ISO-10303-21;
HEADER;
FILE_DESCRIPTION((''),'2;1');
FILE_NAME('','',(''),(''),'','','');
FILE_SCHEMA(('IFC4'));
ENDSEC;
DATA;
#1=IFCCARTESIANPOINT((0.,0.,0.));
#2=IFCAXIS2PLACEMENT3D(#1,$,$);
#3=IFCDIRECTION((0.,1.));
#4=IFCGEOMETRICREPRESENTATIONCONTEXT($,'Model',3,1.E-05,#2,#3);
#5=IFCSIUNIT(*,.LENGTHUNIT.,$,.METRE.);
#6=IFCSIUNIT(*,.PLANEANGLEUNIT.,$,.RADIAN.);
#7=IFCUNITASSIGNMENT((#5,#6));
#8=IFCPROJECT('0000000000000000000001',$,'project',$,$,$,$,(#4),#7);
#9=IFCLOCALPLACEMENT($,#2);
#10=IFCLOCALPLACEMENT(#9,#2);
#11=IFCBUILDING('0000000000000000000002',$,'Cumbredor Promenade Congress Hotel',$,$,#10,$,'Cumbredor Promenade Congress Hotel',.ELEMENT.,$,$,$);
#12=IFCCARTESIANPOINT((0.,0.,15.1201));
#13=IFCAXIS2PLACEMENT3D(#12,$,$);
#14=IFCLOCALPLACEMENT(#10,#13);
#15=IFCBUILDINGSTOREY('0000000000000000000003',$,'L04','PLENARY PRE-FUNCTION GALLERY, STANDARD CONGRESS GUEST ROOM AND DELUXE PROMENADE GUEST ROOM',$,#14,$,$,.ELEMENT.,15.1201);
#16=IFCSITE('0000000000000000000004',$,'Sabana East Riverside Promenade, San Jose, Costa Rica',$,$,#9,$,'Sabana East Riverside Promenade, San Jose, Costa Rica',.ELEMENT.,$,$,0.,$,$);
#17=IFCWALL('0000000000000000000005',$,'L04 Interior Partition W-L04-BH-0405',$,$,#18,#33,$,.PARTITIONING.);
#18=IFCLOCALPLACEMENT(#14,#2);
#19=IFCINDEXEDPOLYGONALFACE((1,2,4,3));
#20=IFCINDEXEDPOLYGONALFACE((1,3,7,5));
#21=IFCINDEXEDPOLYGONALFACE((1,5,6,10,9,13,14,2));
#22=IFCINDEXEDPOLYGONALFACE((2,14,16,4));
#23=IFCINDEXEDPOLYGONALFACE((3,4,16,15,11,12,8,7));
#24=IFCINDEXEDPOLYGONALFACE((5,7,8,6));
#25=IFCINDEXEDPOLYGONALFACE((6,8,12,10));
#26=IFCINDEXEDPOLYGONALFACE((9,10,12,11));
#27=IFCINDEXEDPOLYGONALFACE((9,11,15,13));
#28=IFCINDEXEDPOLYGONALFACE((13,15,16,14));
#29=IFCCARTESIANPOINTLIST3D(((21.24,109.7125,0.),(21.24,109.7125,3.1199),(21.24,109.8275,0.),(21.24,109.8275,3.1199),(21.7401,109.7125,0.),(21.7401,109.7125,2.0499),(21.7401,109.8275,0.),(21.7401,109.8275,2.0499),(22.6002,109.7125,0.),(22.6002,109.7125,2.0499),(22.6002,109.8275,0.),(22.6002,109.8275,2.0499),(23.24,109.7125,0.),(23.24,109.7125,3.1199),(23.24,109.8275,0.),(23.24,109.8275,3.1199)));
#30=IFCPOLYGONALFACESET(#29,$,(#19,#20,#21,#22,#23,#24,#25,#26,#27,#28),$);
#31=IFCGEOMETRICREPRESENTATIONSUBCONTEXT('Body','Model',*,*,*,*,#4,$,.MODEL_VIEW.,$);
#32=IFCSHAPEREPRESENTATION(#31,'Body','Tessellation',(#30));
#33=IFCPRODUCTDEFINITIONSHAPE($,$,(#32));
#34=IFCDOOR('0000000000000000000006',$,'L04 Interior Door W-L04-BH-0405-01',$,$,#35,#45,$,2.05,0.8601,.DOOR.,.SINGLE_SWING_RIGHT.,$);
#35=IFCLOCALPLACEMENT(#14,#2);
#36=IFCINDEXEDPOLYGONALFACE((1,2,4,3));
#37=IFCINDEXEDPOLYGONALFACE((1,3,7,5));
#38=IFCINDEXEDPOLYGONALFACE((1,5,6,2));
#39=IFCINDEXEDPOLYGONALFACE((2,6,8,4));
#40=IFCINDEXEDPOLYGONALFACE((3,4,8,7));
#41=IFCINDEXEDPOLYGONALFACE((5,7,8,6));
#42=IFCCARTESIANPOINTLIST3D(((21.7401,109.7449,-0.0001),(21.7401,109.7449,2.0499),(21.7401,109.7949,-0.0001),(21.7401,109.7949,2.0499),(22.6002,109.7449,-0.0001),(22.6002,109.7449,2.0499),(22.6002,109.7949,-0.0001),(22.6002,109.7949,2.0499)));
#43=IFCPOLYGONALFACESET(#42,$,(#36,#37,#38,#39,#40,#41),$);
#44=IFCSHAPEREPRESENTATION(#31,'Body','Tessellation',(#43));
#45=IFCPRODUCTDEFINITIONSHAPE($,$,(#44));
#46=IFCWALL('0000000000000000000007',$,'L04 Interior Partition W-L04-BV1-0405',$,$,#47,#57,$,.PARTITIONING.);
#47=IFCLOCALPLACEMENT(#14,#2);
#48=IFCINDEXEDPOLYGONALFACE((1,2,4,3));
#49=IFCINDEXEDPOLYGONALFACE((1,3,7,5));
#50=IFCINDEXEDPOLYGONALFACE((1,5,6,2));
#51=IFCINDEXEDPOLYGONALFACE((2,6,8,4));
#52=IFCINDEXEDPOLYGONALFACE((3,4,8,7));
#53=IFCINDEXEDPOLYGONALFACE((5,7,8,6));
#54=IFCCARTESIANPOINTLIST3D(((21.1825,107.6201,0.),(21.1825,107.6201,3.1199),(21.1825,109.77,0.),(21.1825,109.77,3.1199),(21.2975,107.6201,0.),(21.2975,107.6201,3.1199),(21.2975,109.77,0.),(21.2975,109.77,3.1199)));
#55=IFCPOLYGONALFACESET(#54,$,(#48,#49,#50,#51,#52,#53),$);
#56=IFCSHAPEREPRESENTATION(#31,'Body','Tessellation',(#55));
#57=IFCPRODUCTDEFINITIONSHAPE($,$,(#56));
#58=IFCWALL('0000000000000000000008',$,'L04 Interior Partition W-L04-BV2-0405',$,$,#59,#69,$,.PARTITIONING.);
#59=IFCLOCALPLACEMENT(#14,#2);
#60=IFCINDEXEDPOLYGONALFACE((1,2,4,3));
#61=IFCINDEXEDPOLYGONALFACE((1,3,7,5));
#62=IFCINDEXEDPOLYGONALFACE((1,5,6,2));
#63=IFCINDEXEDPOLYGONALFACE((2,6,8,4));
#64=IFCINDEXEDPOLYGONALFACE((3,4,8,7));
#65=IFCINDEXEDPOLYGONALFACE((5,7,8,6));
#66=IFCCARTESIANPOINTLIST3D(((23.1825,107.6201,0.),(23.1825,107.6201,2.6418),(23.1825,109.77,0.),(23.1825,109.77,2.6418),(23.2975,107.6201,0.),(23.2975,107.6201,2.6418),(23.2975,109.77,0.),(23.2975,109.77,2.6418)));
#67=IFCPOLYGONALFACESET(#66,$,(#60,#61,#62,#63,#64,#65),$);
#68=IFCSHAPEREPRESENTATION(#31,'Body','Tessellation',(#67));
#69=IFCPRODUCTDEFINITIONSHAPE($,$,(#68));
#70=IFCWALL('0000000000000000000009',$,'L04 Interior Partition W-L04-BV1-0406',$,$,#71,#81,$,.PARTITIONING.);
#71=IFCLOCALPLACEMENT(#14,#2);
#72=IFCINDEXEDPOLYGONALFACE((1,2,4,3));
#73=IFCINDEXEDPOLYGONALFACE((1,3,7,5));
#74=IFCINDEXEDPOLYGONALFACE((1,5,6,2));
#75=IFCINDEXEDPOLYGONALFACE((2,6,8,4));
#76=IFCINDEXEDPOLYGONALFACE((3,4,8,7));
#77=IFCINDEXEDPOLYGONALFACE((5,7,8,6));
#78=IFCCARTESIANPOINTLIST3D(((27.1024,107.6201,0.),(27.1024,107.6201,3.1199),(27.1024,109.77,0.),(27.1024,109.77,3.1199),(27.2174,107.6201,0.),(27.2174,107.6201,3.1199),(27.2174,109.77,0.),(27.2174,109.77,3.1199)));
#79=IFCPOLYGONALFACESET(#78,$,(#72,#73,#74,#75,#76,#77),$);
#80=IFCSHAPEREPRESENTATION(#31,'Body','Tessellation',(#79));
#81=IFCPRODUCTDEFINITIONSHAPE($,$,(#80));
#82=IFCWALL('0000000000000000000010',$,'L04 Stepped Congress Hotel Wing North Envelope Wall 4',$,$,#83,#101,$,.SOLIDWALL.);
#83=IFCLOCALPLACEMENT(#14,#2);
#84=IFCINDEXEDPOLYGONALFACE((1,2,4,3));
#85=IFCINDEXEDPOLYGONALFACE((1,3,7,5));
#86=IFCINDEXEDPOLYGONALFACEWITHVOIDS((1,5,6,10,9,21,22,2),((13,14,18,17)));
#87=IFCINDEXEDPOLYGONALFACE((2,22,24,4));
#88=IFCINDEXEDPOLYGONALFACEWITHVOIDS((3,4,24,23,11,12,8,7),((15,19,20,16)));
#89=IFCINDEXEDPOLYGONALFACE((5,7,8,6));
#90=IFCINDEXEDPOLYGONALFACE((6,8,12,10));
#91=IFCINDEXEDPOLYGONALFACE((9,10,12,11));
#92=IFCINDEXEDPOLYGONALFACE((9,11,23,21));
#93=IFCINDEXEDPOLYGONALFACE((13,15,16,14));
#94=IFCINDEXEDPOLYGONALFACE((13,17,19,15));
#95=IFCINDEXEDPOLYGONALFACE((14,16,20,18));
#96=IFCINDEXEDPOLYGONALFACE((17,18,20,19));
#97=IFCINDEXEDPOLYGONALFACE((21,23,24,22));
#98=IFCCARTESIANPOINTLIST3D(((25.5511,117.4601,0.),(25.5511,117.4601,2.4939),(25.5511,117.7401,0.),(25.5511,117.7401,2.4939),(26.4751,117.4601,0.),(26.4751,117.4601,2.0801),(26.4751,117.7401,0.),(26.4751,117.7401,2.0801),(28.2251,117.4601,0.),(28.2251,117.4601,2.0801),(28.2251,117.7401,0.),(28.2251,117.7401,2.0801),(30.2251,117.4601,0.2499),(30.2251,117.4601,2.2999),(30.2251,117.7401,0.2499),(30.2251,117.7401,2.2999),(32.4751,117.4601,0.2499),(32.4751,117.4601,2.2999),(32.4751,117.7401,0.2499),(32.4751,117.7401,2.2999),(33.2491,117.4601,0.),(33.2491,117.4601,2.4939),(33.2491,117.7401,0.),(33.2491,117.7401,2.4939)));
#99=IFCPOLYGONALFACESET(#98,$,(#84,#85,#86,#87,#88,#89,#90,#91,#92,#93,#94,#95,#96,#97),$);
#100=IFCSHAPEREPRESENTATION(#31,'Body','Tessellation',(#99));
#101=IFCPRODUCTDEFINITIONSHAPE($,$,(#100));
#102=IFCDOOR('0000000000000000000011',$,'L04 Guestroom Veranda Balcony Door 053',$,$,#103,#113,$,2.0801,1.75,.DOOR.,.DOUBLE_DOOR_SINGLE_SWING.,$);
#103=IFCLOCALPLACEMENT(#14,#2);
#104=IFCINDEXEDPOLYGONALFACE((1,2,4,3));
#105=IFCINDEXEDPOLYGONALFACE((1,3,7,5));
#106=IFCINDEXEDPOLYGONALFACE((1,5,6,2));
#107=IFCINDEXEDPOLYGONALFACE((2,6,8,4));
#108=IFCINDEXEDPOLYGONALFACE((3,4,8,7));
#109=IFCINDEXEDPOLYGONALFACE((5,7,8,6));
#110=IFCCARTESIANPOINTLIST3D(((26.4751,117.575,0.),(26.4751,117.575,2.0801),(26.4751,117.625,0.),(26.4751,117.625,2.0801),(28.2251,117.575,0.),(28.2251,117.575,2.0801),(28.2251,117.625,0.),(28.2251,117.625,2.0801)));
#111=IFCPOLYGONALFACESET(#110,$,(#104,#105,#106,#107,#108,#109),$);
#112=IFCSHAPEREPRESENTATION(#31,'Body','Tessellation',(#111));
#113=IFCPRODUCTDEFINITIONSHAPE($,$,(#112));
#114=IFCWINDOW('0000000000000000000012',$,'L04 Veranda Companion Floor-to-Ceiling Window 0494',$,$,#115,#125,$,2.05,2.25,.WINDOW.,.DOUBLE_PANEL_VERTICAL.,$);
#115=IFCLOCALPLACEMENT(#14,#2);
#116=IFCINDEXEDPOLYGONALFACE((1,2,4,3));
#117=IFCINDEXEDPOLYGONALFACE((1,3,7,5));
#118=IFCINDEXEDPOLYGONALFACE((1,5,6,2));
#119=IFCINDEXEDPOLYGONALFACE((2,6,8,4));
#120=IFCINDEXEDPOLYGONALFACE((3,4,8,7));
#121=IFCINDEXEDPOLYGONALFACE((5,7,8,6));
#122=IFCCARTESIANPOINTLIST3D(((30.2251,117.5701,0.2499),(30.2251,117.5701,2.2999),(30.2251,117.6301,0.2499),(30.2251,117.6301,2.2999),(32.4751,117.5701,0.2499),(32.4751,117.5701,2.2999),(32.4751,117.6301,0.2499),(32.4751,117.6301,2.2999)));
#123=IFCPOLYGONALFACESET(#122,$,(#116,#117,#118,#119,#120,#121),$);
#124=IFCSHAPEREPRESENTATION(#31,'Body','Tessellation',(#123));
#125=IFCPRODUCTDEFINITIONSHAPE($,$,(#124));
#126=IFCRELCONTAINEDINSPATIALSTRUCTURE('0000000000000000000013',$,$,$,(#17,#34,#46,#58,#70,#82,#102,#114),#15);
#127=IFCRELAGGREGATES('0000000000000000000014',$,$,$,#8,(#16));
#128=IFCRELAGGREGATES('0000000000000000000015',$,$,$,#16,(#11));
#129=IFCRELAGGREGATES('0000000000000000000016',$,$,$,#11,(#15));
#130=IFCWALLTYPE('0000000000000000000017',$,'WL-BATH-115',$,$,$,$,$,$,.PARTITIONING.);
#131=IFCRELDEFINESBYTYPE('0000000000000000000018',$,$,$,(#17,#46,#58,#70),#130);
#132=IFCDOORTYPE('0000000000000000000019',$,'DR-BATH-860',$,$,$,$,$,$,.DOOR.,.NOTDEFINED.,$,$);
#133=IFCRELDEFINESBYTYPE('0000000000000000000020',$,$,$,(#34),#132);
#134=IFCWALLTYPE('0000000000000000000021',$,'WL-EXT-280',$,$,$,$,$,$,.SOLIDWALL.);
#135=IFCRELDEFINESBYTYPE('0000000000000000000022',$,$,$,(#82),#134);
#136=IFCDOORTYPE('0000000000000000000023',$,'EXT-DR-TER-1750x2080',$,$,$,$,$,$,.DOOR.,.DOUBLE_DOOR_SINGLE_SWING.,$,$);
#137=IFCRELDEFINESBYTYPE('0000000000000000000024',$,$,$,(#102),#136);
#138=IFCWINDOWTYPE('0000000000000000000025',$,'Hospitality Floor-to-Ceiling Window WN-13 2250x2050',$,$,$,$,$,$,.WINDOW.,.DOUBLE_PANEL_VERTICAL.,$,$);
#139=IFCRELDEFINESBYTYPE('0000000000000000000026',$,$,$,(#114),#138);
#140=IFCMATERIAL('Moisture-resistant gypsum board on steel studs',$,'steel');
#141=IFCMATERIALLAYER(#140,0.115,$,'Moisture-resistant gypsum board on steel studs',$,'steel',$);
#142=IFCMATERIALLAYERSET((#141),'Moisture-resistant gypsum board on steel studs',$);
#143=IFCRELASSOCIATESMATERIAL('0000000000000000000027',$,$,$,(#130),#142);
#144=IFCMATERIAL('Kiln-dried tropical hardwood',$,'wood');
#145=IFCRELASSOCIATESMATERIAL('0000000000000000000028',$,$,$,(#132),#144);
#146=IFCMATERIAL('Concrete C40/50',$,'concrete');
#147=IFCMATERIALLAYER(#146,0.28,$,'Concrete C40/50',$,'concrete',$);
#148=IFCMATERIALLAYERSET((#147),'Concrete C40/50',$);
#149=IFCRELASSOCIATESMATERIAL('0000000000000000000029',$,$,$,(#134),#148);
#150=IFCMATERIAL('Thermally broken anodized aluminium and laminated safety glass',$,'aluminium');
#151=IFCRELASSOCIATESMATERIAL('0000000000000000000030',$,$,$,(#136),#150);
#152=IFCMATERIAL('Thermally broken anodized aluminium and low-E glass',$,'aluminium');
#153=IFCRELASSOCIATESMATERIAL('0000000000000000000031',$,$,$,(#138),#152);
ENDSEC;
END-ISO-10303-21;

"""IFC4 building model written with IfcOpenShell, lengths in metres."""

from ifc_helpers import new_model, si_unit, direction, frame, frame_2d, origin, place, context, subcontext, project, spatial, rectangle, extrude, material, layer, layer_set, type_object, element, fill, save


model = new_model("IFC4")

# Units and contexts
model_context = context("Model", 3, precision=1e-05, world=origin(), true_north=direction((0.0, 1.0)))
body_context = subcontext(model_context, "Body", "Model", "MODEL_VIEW")
ifc_project = project(units=[si_unit("LENGTHUNIT", "METRE"), si_unit("PLANEANGLEUNIT", "RADIAN")], contexts=[model_context])

# Site, building, storey
site_placement = place(None, origin())
site = spatial("IfcSite", under=ifc_project, at=site_placement, Name="Sabana East Riverside Promenade, San Jose, Costa Rica", LongName="Sabana East Riverside Promenade, San Jose, Costa Rica", CompositionType="ELEMENT", RefElevation=0.0)
building_placement = place(site_placement, origin())
building = spatial("IfcBuilding", under=site, at=building_placement, Name="Cumbredor Promenade Congress Hotel", LongName="Cumbredor Promenade Congress Hotel", CompositionType="ELEMENT")
storey_placement = place(building_placement, frame((0.0, 0.0, 15.1201)))
storey = spatial("IfcBuildingStorey", under=building, at=storey_placement, Name="L04", Description="PLENARY PRE-FUNCTION GALLERY, STANDARD CONGRESS GUEST ROOM AND DELUXE PROMENADE GUEST ROOM", CompositionType="ELEMENT", Elevation=15.1201)

# Shared definitions
ifc_material_1 = material(Name="Concrete C40/50", Category="concrete")

# Shared definitions
ifc_material_2 = material(Name="Thermally broken anodized aluminium and low-E glass", Category="aluminium")
ifc_material_3 = material(Name="Kiln-dried tropical hardwood", Category="wood")

# Wall, opening, door
ifc_material_4 = material(Name="Moisture-resistant gypsum board on steel studs", Category="steel")
ifc_layer_1 = layer(ifc_material_4, 0.115, Name="Moisture-resistant gypsum board on steel studs", Category="steel")
ifc_layer_set_1 = layer_set([ifc_layer_1], Name="Moisture-resistant gypsum board on steel studs")
wall_type_1 = type_object("IfcWallType", Name="WL-BATH-115", PredefinedType="PARTITIONING", material=ifc_layer_set_1)
wall_1_placement = place(storey_placement, frame((21.24, 109.77, 0.0), z_axis=(0.0, 0.0, 1.0), x_axis=(1.0, 0.0, 0.0)))
wall_1 = element("IfcWall", 1, at=wall_1_placement, inside=storey, type_object=wall_type_1, Name="L04 Interior Partition W-L04-BH-0405", PredefinedType="PARTITIONING", context=body_context, shape_type="SweptSolid", body=[
    extrude(rectangle(XDim=2.0, YDim=0.115, at=frame_2d((1.0, 0.0))), origin(), (0.0, 0.0, 1.0), 3.1199),
])
opening_1_placement = place(wall_1_placement, frame((0.5, 0.0, 0.0)))
opening_1 = element("IfcOpeningElement", 2, at=opening_1_placement, cuts=wall_1, PredefinedType="OPENING", context=body_context, shape_type="SweptSolid", body=[
    extrude(rectangle(XDim=0.8601, YDim=2.05, at=frame_2d((0.4302, 1.0249))), frame((0.0, 0.0674, 0.0), z_axis=(0.0, -1.0, 0.0), x_axis=(1.0, 0.0, 0.0)), (0.0, 0.0, 1.0), 0.135),
])
door_type_1 = type_object("IfcDoorType", Name="DR-BATH-860", OperationType="NOTDEFINED", PredefinedType="DOOR", material=ifc_material_3)
door_1_placement = place(opening_1_placement, origin())
door_1 = element("IfcDoor", 3, at=door_1_placement, inside=storey, type_object=door_type_1, Name="L04 Interior Door W-L04-BH-0405-01", OperationType="SINGLE_SWING_RIGHT", OverallHeight=2.05, OverallWidth=0.8601, PredefinedType="DOOR", context=body_context, shape_type="SweptSolid", body=[
    extrude(rectangle(XDim=0.8601, YDim=2.05, at=frame_2d((0.4302, 1.0249))), frame((0.0, 0.0249, 0.0), z_axis=(0.0, -1.0, 0.0), x_axis=(1.0, 0.0, 0.0)), (0.0, 0.0, 1.0), 0.05),
])
fill(opening_1, door_1)

# Walls
wall_2_placement = place(storey_placement, frame((21.24, 107.6201, 0.0), z_axis=(0.0, 0.0, 1.0), x_axis=(0.0, 1.0, 0.0)))
element("IfcWall", 4, at=wall_2_placement, inside=storey, type_object=wall_type_1, Name="L04 Interior Partition W-L04-BV1-0405", PredefinedType="PARTITIONING", context=body_context, shape_type="SweptSolid", body=[
    extrude(rectangle(XDim=2.1499, YDim=0.115, at=frame_2d((1.075, 0.0))), origin(), (0.0, 0.0, 1.0), 3.1199),
])
wall_3_placement = place(storey_placement, frame((23.24, 107.6201, 0.0), z_axis=(0.0, 0.0, 1.0), x_axis=(0.0, 1.0, 0.0)))
element("IfcWall", 5, at=wall_3_placement, inside=storey, type_object=wall_type_1, Name="L04 Interior Partition W-L04-BV2-0405", PredefinedType="PARTITIONING", context=body_context, shape_type="SweptSolid", body=[
    extrude(rectangle(XDim=2.1499, YDim=0.115, at=frame_2d((1.075, 0.0))), origin(), (0.0, 0.0, 1.0), 2.6418),
])
wall_4_placement = place(storey_placement, frame((27.1599, 107.6201, 0.0), z_axis=(0.0, 0.0, 1.0), x_axis=(0.0, 1.0, 0.0)))
element("IfcWall", 6, at=wall_4_placement, inside=storey, type_object=wall_type_1, Name="L04 Interior Partition W-L04-BV1-0406", PredefinedType="PARTITIONING", context=body_context, shape_type="SweptSolid", body=[
    extrude(rectangle(XDim=2.1499, YDim=0.115, at=frame_2d((1.075, 0.0))), origin(), (0.0, 0.0, 1.0), 3.1199),
])

# Wall, openings, door, window
ifc_layer_2 = layer(ifc_material_1, 0.28, Name="Concrete C40/50", Category="concrete")
ifc_layer_set_2 = layer_set([ifc_layer_2], Name="Concrete C40/50")
wall_type_2 = type_object("IfcWallType", Name="WL-EXT-280", PredefinedType="SOLIDWALL", material=ifc_layer_set_2)
wall_5_placement = place(storey_placement, frame((25.551, 117.6001, 0.0), z_axis=(0.0, 0.0, 1.0), x_axis=(1.0, 0.0, 0.0)))
wall_5 = element("IfcWall", 7, at=wall_5_placement, inside=storey, type_object=wall_type_2, Name="L04 Stepped Congress Hotel Wing North Envelope Wall 4", PredefinedType="SOLIDWALL", context=body_context, shape_type="SweptSolid", body=[
    extrude(rectangle(XDim=7.698, YDim=0.28, at=frame_2d((3.8491, 0.0))), origin(), (0.0, 0.0, 1.0), 2.4939),
])
opening_2_placement = place(wall_5_placement, frame((0.9241, 0.0, 0.0)))
opening_2 = element("IfcOpeningElement", 8, at=opening_2_placement, cuts=wall_5, PredefinedType="OPENING", context=body_context, shape_type="SweptSolid", body=[
    extrude(rectangle(XDim=1.75, YDim=2.0801, at=frame_2d((0.875, 1.04))), frame((0.0, 0.1499, 0.0), z_axis=(0.0, -1.0, 0.0), x_axis=(1.0, 0.0, 0.0)), (0.0, 0.0, 1.0), 0.3),
])
opening_3_placement = place(wall_5_placement, frame((4.6741, 0.0, 0.25)))
opening_3 = element("IfcOpeningElement", 9, at=opening_3_placement, cuts=wall_5, PredefinedType="OPENING", context=body_context, shape_type="SweptSolid", body=[
    extrude(rectangle(XDim=2.25, YDim=2.05, at=frame_2d((1.125, 1.0249))), frame((0.0, 0.1499, 0.0), z_axis=(0.0, -1.0, 0.0), x_axis=(1.0, 0.0, 0.0)), (0.0, 0.0, 1.0), 0.3),
])
ifc_material_5 = material(Name="Thermally broken anodized aluminium and laminated safety glass", Category="aluminium")
door_type_2 = type_object("IfcDoorType", Name="EXT-DR-TER-1750x2080", OperationType="DOUBLE_DOOR_SINGLE_SWING", PredefinedType="DOOR", material=ifc_material_5)
door_2_placement = place(opening_2_placement, origin())
door_2 = element("IfcDoor", 10, at=door_2_placement, inside=storey, type_object=door_type_2, Name="L04 Guestroom Veranda Balcony Door 053", OperationType="DOUBLE_DOOR_SINGLE_SWING", OverallHeight=2.0801, OverallWidth=1.75, PredefinedType="DOOR", context=body_context, shape_type="SweptSolid", body=[
    extrude(rectangle(XDim=1.75, YDim=2.0801, at=frame_2d((0.875, 1.04))), frame((0.0, 0.0249, 0.0), z_axis=(0.0, -1.0, 0.0), x_axis=(1.0, 0.0, 0.0)), (0.0, 0.0, 1.0), 0.05),
])
fill(opening_2, door_2)
window_type = type_object("IfcWindowType", Name="Hospitality Floor-to-Ceiling Window WN-13 2250x2050", PartitioningType="DOUBLE_PANEL_VERTICAL", PredefinedType="WINDOW", material=ifc_material_2)
window_placement = place(opening_3_placement, origin())
window = element("IfcWindow", 11, at=window_placement, inside=storey, type_object=window_type, Name="L04 Veranda Companion Floor-to-Ceiling Window 0494", OverallHeight=2.05, OverallWidth=2.25, PartitioningType="DOUBLE_PANEL_VERTICAL", PredefinedType="WINDOW", context=body_context, shape_type="SweptSolid", body=[
    extrude(rectangle(XDim=2.25, YDim=2.05, at=frame_2d((1.125, 1.0249))), frame((0.0, 0.03, 0.0), z_axis=(0.0, -1.0, 0.0), x_axis=(1.0, 0.0, 0.0)), (0.0, 0.0, 1.0), 0.0601),
])
fill(opening_3, window)

save(model, "model.ifc")
